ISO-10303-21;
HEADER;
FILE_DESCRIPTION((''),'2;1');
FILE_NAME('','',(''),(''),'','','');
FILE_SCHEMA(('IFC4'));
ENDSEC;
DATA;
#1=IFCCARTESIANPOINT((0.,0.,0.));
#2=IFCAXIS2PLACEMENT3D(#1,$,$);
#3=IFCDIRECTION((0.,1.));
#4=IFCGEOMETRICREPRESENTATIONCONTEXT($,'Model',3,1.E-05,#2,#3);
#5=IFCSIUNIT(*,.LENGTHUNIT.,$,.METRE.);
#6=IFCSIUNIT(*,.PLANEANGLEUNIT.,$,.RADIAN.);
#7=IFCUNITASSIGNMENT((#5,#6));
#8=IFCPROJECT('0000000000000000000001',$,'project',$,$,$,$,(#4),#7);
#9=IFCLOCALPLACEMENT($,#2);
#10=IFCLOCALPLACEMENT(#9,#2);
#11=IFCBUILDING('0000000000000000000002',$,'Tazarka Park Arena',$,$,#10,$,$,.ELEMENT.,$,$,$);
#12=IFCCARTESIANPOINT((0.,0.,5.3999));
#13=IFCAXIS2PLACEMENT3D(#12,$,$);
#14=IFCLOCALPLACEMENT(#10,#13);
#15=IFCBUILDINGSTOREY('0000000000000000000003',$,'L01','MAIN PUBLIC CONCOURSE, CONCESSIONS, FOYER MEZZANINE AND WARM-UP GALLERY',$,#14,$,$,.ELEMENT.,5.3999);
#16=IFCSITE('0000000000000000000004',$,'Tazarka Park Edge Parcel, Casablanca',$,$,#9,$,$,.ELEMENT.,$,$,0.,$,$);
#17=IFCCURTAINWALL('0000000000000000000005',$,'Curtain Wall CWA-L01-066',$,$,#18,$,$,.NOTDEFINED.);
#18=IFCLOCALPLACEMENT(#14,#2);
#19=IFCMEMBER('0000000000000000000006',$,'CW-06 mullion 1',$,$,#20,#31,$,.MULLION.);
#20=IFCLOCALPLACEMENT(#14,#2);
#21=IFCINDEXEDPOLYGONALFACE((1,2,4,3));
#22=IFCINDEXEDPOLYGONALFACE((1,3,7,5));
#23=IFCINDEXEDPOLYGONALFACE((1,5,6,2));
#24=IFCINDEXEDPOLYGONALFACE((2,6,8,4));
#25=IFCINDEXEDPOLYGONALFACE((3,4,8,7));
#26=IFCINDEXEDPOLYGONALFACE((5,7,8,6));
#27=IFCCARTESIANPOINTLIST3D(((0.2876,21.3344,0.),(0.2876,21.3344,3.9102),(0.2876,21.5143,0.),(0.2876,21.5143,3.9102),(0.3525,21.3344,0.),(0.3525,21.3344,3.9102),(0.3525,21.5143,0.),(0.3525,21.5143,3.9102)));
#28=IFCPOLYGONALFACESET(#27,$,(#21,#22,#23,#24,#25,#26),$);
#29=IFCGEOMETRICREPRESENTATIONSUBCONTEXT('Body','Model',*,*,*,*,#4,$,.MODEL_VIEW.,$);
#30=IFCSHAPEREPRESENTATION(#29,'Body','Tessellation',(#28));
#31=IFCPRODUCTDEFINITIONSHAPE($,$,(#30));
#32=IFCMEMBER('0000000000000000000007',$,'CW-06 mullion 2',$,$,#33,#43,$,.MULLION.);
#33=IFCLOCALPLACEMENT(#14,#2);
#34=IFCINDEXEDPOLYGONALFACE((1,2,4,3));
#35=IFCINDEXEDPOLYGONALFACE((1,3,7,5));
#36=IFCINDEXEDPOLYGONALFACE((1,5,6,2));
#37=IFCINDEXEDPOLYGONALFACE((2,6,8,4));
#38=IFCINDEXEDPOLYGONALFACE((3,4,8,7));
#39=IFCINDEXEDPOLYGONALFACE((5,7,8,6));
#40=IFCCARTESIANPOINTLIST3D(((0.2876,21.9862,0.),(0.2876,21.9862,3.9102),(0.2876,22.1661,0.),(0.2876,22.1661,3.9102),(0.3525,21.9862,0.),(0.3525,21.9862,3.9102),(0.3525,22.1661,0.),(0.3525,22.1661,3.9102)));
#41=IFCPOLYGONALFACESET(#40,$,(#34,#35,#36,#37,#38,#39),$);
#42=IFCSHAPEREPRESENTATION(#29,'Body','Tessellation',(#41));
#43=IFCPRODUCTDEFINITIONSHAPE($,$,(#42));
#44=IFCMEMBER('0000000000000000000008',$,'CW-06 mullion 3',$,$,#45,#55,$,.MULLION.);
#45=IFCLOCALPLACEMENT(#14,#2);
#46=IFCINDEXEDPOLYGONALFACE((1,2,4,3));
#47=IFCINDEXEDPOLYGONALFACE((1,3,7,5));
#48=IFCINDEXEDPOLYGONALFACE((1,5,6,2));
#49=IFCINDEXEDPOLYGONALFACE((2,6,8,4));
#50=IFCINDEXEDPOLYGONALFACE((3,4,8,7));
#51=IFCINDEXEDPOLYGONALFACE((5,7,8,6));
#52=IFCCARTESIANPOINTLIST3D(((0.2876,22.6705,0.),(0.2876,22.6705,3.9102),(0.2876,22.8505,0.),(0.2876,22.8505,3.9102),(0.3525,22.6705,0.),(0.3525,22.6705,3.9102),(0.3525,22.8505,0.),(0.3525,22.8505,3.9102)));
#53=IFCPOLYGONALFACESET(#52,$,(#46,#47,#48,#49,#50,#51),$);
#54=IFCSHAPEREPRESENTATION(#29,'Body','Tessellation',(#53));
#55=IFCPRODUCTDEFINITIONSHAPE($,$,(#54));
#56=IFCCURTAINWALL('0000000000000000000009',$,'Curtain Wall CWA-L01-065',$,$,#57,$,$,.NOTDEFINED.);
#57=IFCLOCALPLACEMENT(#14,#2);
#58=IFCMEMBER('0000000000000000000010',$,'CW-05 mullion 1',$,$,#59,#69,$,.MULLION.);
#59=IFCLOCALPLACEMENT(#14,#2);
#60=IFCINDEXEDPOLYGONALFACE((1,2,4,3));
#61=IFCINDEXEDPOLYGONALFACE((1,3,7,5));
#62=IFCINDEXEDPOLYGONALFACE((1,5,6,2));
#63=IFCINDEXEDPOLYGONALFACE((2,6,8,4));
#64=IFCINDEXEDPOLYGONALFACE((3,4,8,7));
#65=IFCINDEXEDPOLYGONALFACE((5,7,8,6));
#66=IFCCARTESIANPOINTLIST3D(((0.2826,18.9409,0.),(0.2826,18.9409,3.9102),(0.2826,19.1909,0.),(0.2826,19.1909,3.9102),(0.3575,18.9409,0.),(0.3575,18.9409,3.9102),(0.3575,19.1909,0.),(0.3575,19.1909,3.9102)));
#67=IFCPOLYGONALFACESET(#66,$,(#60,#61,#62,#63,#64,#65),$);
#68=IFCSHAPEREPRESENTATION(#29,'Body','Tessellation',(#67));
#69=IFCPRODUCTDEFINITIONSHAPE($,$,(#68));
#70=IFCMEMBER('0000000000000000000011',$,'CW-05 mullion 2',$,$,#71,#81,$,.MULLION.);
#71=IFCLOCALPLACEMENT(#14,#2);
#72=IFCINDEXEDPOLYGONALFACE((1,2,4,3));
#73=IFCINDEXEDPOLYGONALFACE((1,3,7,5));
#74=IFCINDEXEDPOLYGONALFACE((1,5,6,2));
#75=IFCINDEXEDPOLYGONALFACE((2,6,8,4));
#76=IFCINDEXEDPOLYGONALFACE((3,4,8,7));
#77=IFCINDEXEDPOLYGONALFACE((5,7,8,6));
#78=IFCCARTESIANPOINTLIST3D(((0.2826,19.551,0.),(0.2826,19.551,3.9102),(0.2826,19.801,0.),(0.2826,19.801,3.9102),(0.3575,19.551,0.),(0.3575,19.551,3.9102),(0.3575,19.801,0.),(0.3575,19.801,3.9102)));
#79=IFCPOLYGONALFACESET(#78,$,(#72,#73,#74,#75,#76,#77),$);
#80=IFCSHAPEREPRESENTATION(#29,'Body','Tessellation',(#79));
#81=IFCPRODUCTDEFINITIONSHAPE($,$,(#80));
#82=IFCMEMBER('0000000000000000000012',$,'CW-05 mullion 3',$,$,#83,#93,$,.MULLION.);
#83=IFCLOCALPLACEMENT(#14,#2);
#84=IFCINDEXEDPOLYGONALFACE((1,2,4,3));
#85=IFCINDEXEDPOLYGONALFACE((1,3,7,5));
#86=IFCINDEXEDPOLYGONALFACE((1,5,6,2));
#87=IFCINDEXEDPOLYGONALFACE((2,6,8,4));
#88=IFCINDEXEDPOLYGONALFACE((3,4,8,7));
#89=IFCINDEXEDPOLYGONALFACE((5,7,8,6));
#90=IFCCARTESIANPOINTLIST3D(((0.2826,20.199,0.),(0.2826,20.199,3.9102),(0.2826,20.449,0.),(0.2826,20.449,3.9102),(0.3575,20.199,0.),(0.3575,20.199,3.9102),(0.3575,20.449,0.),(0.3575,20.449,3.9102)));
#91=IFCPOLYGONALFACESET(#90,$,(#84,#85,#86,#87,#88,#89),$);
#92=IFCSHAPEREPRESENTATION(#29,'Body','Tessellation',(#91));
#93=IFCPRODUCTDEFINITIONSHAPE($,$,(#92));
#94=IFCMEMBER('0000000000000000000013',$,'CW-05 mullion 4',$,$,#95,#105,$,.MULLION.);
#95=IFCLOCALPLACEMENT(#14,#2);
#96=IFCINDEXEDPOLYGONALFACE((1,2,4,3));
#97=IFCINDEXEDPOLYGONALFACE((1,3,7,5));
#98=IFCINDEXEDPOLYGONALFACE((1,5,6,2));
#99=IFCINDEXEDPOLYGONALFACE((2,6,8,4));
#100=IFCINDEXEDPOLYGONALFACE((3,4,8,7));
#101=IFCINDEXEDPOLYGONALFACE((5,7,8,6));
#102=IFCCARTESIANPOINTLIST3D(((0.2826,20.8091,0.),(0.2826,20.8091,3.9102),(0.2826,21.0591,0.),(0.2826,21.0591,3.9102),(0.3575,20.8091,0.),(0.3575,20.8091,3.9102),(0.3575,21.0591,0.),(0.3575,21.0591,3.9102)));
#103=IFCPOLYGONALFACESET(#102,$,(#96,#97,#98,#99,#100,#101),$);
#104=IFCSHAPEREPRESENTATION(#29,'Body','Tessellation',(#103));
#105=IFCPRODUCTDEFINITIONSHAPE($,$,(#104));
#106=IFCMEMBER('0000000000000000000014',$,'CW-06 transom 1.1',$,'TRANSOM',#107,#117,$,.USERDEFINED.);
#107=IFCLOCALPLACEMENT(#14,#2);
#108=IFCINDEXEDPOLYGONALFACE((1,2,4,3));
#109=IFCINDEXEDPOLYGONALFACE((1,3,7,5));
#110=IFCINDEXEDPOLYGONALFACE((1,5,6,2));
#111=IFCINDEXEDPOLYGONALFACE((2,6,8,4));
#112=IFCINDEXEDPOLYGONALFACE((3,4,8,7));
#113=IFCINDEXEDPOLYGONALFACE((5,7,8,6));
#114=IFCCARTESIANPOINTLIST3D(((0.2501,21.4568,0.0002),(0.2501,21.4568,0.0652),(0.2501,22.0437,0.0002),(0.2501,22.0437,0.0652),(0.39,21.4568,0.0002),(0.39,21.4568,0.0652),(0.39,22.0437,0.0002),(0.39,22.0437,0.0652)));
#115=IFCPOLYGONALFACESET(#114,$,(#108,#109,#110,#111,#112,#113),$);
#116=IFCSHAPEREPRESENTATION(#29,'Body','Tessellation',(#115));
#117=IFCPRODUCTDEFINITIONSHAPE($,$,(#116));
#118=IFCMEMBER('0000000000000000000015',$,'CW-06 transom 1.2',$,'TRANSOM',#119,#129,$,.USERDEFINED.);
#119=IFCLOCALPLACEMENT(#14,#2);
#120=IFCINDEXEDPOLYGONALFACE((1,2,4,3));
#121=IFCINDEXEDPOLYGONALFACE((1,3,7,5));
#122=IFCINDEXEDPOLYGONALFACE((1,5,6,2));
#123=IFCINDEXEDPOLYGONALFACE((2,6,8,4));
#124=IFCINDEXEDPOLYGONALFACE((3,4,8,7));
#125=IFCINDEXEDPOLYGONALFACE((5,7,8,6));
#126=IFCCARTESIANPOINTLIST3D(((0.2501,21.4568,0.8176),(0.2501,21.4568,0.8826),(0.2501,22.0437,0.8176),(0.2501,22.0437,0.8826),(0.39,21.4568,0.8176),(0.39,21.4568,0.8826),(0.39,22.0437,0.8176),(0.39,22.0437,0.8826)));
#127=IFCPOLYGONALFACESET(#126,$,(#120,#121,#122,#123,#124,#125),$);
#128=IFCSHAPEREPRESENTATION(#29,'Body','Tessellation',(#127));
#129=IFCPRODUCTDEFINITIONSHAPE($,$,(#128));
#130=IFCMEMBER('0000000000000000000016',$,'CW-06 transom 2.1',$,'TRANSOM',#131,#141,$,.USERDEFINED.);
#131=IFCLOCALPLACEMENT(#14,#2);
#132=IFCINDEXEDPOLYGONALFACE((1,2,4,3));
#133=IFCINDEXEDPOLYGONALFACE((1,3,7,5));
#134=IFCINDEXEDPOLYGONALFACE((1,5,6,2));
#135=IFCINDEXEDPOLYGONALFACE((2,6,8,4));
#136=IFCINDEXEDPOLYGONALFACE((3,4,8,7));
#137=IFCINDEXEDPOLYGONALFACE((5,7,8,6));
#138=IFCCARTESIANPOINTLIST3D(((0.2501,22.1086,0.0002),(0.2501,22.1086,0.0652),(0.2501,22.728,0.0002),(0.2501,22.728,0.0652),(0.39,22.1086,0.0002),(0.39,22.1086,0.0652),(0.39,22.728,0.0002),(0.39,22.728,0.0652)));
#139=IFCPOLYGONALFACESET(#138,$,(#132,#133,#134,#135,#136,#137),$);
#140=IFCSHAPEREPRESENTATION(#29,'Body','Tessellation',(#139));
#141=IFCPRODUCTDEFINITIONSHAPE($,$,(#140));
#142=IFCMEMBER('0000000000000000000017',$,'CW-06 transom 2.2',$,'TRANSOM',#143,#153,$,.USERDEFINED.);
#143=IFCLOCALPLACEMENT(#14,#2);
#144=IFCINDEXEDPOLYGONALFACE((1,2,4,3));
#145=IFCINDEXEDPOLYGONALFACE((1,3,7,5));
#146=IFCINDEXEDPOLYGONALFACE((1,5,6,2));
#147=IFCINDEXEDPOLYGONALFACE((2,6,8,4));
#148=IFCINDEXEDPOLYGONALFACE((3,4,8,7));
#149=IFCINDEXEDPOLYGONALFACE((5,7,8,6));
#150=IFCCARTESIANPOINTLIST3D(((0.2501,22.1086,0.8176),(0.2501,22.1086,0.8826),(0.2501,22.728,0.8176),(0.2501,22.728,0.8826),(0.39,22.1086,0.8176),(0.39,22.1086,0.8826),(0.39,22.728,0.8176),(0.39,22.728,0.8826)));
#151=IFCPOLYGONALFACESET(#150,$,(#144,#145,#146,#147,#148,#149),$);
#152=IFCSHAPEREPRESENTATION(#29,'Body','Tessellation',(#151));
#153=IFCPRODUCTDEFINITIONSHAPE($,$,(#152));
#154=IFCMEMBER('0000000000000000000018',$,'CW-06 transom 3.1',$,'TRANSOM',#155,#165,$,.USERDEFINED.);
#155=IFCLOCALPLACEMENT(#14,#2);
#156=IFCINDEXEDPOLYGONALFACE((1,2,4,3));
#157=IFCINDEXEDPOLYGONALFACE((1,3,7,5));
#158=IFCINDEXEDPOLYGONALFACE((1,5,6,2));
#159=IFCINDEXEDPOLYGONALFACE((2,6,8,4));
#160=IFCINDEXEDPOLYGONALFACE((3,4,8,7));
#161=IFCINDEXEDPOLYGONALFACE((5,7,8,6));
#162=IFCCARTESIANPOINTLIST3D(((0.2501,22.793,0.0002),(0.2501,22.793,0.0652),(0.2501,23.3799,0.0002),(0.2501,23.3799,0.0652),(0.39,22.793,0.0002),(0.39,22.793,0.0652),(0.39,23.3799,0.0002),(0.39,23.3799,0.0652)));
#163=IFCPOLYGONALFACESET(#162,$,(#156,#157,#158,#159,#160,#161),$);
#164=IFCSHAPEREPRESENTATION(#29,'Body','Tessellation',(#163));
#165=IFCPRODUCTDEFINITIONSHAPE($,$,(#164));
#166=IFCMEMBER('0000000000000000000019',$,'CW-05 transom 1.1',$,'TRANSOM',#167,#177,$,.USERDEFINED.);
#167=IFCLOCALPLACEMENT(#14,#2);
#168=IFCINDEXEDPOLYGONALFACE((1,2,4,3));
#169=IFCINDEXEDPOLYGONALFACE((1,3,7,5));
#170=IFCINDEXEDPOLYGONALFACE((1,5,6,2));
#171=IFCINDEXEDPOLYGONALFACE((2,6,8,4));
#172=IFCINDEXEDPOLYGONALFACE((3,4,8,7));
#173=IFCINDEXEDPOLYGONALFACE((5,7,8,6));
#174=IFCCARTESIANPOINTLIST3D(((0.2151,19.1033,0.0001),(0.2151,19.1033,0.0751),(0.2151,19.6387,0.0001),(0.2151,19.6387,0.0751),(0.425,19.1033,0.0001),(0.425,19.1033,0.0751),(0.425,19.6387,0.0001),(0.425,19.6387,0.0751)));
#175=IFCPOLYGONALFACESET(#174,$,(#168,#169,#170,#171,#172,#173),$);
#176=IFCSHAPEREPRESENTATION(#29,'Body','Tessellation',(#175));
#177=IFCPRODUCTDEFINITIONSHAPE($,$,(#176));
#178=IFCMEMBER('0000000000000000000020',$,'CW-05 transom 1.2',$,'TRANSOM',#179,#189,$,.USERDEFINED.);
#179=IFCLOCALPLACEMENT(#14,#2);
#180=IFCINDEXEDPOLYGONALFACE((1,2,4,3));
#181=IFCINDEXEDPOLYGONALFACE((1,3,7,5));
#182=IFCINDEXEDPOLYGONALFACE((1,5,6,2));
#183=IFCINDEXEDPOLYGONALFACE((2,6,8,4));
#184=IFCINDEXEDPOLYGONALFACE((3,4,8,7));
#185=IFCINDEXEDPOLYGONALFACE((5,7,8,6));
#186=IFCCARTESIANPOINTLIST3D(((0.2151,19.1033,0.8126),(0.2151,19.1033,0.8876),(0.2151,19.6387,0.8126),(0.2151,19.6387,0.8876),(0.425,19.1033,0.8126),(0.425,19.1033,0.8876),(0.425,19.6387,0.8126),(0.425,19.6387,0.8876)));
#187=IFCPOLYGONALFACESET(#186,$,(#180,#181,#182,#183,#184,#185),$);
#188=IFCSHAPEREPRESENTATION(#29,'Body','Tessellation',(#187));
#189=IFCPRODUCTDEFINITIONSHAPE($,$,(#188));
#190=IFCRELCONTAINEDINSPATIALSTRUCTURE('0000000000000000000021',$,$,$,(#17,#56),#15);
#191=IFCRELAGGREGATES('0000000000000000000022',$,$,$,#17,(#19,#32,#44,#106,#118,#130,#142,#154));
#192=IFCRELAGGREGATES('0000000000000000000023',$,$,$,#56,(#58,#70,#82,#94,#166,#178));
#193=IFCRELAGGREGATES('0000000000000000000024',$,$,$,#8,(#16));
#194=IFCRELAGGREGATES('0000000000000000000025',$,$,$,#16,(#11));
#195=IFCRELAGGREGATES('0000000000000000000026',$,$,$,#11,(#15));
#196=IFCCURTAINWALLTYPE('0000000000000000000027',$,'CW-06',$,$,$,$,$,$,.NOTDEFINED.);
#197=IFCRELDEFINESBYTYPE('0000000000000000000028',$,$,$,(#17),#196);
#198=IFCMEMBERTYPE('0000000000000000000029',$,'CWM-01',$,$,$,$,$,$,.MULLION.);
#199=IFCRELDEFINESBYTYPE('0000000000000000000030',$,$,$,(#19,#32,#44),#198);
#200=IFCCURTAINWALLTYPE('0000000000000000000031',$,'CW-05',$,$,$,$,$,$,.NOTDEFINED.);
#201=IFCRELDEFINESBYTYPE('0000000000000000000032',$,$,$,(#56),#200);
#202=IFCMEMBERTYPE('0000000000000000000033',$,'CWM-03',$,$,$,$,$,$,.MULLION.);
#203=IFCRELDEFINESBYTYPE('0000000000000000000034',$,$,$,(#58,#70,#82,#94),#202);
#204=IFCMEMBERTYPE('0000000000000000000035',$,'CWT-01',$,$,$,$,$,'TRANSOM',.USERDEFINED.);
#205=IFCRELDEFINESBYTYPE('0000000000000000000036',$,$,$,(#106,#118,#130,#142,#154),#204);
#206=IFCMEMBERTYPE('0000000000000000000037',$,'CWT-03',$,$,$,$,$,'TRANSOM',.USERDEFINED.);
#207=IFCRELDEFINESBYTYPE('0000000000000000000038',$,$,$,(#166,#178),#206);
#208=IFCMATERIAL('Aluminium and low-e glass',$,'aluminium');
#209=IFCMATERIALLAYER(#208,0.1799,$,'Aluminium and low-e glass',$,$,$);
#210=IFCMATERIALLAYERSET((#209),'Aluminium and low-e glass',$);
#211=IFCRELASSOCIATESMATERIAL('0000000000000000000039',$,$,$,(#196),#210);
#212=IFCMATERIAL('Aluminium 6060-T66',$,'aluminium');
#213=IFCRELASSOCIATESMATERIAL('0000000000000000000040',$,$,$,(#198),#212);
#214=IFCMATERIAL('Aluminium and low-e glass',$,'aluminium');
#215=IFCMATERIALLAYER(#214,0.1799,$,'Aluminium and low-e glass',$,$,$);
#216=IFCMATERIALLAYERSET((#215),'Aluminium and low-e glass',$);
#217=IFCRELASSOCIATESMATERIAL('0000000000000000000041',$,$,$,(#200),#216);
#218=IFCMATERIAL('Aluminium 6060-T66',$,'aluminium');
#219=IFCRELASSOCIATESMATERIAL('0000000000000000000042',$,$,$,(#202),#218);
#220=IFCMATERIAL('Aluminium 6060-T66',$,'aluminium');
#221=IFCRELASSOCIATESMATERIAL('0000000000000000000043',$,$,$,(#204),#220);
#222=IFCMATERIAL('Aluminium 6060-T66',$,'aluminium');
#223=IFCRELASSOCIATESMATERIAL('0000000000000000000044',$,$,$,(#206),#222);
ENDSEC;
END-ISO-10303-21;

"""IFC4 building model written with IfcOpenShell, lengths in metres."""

from ifc_helpers import new_model, si_unit, direction, frame, origin, origin_2d, place, context, subcontext, project, spatial, rectangle, extrude, material, layer, layer_set, material_profile, profile_set, type_object, element, aggregate, save


model = new_model("IFC4")

# Units and contexts
model_context = context("Model", 3, precision=1e-05, world=origin(), true_north=direction((0.0, 1.0)))
body_context = subcontext(model_context, "Body", "Model", "MODEL_VIEW")
ifc_project = project(units=[si_unit("LENGTHUNIT", "METRE"), si_unit("PLANEANGLEUNIT", "RADIAN")], contexts=[model_context])

# Site, building, storey
site_placement = place(None, origin())
site = spatial("IfcSite", under=ifc_project, at=site_placement, Name="Tazarka Park Edge Parcel, Casablanca", CompositionType="ELEMENT", RefElevation=0.0)
building_placement = place(site_placement, origin())
building = spatial("IfcBuilding", under=site, at=building_placement, Name="Tazarka Park Arena", CompositionType="ELEMENT")
storey_placement = place(building_placement, frame((0.0, 0.0, 5.3999)))
storey = spatial("IfcBuildingStorey", under=building, at=storey_placement, Name="L01", Description="MAIN PUBLIC CONCOURSE, CONCESSIONS, FOYER MEZZANINE AND WARM-UP GALLERY", CompositionType="ELEMENT", Elevation=5.3999)

# Curtain walls, members
ifc_material_1 = material(Name="Aluminium and low-e glass", Category="aluminium")
ifc_layer_1 = layer(ifc_material_1, 0.1799, Name="Aluminium and low-e glass")
ifc_layer_set_1 = layer_set([ifc_layer_1], Name="Aluminium and low-e glass")
curtain_wall_type_1 = type_object("IfcCurtainWallType", Name="CW-06", PredefinedType="NOTDEFINED", material=ifc_layer_set_1)
curtain_wall_1_placement = place(storey_placement, origin())
curtain_wall_1 = element("IfcCurtainWall", 1, at=curtain_wall_1_placement, inside=storey, type_object=curtain_wall_type_1, Name="Curtain Wall CWA-L01-066", PredefinedType="NOTDEFINED")
ifc_material_2 = material(Name="Aluminium 6060-T66", Category="aluminium")
ifc_material_profile_1 = material_profile(ifc_material_2, rectangle(XDim=0.0649, YDim=0.1799, at=origin_2d()), Name="Aluminium 6060-T66")
ifc_profile_set_1 = profile_set([ifc_material_profile_1], Name="Aluminium 6060-T66")
member_type_1 = type_object("IfcMemberType", Name="CWM-01", PredefinedType="MULLION", material=ifc_profile_set_1)
member_1_placement = place(storey_placement, frame((0.3201, 21.4243, 0.0), z_axis=(0.0, 0.0, 1.0), x_axis=(-1.0, 0.0, 0.0)))
member_1 = element("IfcMember", 2, at=member_1_placement, type_object=member_type_1, Name="CW-06 mullion 1", PredefinedType="MULLION", context=body_context, shape_type="SweptSolid", body=[
    extrude(rectangle(XDim=0.0649, YDim=0.1799, at=origin_2d()), origin(), (0.0, 0.0, 1.0), 3.9102),
])
member_2_placement = place(storey_placement, frame((0.3201, 22.0762, 0.0), z_axis=(0.0, 0.0, 1.0), x_axis=(-1.0, 0.0, 0.0)))
member_2 = element("IfcMember", 3, at=member_2_placement, type_object=member_type_1, Name="CW-06 mullion 2", PredefinedType="MULLION", context=body_context, shape_type="SweptSolid", body=[
    extrude(rectangle(XDim=0.0649, YDim=0.1799, at=origin_2d()), origin(), (0.0, 0.0, 1.0), 3.9102),
])
member_3_placement = place(storey_placement, frame((0.3201, 22.7605, 0.0), z_axis=(0.0, 0.0, 1.0), x_axis=(-1.0, 0.0, 0.0)))
member_3 = element("IfcMember", 4, at=member_3_placement, type_object=member_type_1, Name="CW-06 mullion 3", PredefinedType="MULLION", context=body_context, shape_type="SweptSolid", body=[
    extrude(rectangle(XDim=0.0649, YDim=0.1799, at=origin_2d()), origin(), (0.0, 0.0, 1.0), 3.9102),
])
ifc_material_3 = material(Name="Aluminium and low-e glass", Category="aluminium")
ifc_layer_2 = layer(ifc_material_3, 0.1799, Name="Aluminium and low-e glass")
ifc_layer_set_2 = layer_set([ifc_layer_2], Name="Aluminium and low-e glass")
curtain_wall_type_2 = type_object("IfcCurtainWallType", Name="CW-05", PredefinedType="NOTDEFINED", material=ifc_layer_set_2)
curtain_wall_2_placement = place(storey_placement, origin())
curtain_wall_2 = element("IfcCurtainWall", 5, at=curtain_wall_2_placement, inside=storey, type_object=curtain_wall_type_2, Name="Curtain Wall CWA-L01-065", PredefinedType="NOTDEFINED")
ifc_material_4 = material(Name="Aluminium 6060-T66", Category="aluminium")
ifc_material_profile_2 = material_profile(ifc_material_4, rectangle(XDim=0.075, YDim=0.25, at=origin_2d()), Name="Aluminium 6060-T66")
ifc_profile_set_2 = profile_set([ifc_material_profile_2], Name="Aluminium 6060-T66")
member_type_2 = type_object("IfcMemberType", Name="CWM-03", PredefinedType="MULLION", material=ifc_profile_set_2)
member_4_placement = place(storey_placement, frame((0.3201, 19.0659, 0.0), z_axis=(0.0, 0.0, 1.0), x_axis=(-1.0, 0.0, 0.0)))
member_4 = element("IfcMember", 6, at=member_4_placement, type_object=member_type_2, Name="CW-05 mullion 1", PredefinedType="MULLION", context=body_context, shape_type="SweptSolid", body=[
    extrude(rectangle(XDim=0.075, YDim=0.25, at=origin_2d()), origin(), (0.0, 0.0, 1.0), 3.9102),
])
member_5_placement = place(storey_placement, frame((0.3201, 19.676, 0.0), z_axis=(0.0, 0.0, 1.0), x_axis=(-1.0, 0.0, 0.0)))
member_5 = element("IfcMember", 7, at=member_5_placement, type_object=member_type_2, Name="CW-05 mullion 2", PredefinedType="MULLION", context=body_context, shape_type="SweptSolid", body=[
    extrude(rectangle(XDim=0.075, YDim=0.25, at=origin_2d()), origin(), (0.0, 0.0, 1.0), 3.9102),
])
member_6_placement = place(storey_placement, frame((0.3201, 20.324, 0.0), z_axis=(0.0, 0.0, 1.0), x_axis=(-1.0, 0.0, 0.0)))
member_6 = element("IfcMember", 8, at=member_6_placement, type_object=member_type_2, Name="CW-05 mullion 3", PredefinedType="MULLION", context=body_context, shape_type="SweptSolid", body=[
    extrude(rectangle(XDim=0.075, YDim=0.25, at=origin_2d()), origin(), (0.0, 0.0, 1.0), 3.9102),
])
member_7_placement = place(storey_placement, frame((0.3201, 20.9341, 0.0), z_axis=(0.0, 0.0, 1.0), x_axis=(-1.0, 0.0, 0.0)))
member_7 = element("IfcMember", 9, at=member_7_placement, type_object=member_type_2, Name="CW-05 mullion 4", PredefinedType="MULLION", context=body_context, shape_type="SweptSolid", body=[
    extrude(rectangle(XDim=0.075, YDim=0.25, at=origin_2d()), origin(), (0.0, 0.0, 1.0), 3.9102),
])

# Members
ifc_material_5 = material(Name="Aluminium 6060-T66", Category="aluminium")
ifc_material_profile_3 = material_profile(ifc_material_5, rectangle(XDim=0.1399, YDim=0.0649, at=origin_2d()), Name="Aluminium 6060-T66")
ifc_profile_set_3 = profile_set([ifc_material_profile_3], Name="Aluminium 6060-T66")
member_type_3 = type_object("IfcMemberType", Name="CWT-01", ElementType="TRANSOM", PredefinedType="USERDEFINED", material=ifc_profile_set_3)
member_8_placement = place(storey_placement, frame((0.3201, 21.4568, 0.0327), z_axis=(0.0, 1.0, 0.0), x_axis=(-1.0, 0.0, 0.0)))
member_8 = element("IfcMember", 10, at=member_8_placement, type_object=member_type_3, Name="CW-06 transom 1.1", ObjectType="TRANSOM", PredefinedType="USERDEFINED", context=body_context, shape_type="SweptSolid", body=[
    extrude(rectangle(XDim=0.1399, YDim=0.0649, at=origin_2d()), origin(), (0.0, 0.0, 1.0), 0.5869),
])
member_9_placement = place(storey_placement, frame((0.3201, 21.4568, 0.8501), z_axis=(0.0, 1.0, 0.0), x_axis=(-1.0, 0.0, 0.0)))
member_9 = element("IfcMember", 11, at=member_9_placement, type_object=member_type_3, Name="CW-06 transom 1.2", ObjectType="TRANSOM", PredefinedType="USERDEFINED", context=body_context, shape_type="SweptSolid", body=[
    extrude(rectangle(XDim=0.1399, YDim=0.0649, at=origin_2d()), origin(), (0.0, 0.0, 1.0), 0.5869),
])
member_10_placement = place(storey_placement, frame((0.3201, 22.1086, 0.0327), z_axis=(0.0, 1.0, 0.0), x_axis=(-1.0, 0.0, 0.0)))
member_10 = element("IfcMember", 12, at=member_10_placement, type_object=member_type_3, Name="CW-06 transom 2.1", ObjectType="TRANSOM", PredefinedType="USERDEFINED", context=body_context, shape_type="SweptSolid", body=[
    extrude(rectangle(XDim=0.1399, YDim=0.0649, at=origin_2d()), origin(), (0.0, 0.0, 1.0), 0.6194),
])
member_11_placement = place(storey_placement, frame((0.3201, 22.1086, 0.8501), z_axis=(0.0, 1.0, 0.0), x_axis=(-1.0, 0.0, 0.0)))
member_11 = element("IfcMember", 13, at=member_11_placement, type_object=member_type_3, Name="CW-06 transom 2.2", ObjectType="TRANSOM", PredefinedType="USERDEFINED", context=body_context, shape_type="SweptSolid", body=[
    extrude(rectangle(XDim=0.1399, YDim=0.0649, at=origin_2d()), origin(), (0.0, 0.0, 1.0), 0.6194),
])
member_12_placement = place(storey_placement, frame((0.3201, 22.793, 0.0327), z_axis=(0.0, 1.0, 0.0), x_axis=(-1.0, 0.0, 0.0)))
member_12 = element("IfcMember", 14, at=member_12_placement, type_object=member_type_3, Name="CW-06 transom 3.1", ObjectType="TRANSOM", PredefinedType="USERDEFINED", context=body_context, shape_type="SweptSolid", body=[
    extrude(rectangle(XDim=0.1399, YDim=0.0649, at=origin_2d()), origin(), (0.0, 0.0, 1.0), 0.5869),
])
ifc_material_6 = material(Name="Aluminium 6060-T66", Category="aluminium")
ifc_material_profile_4 = material_profile(ifc_material_6, rectangle(XDim=0.21, YDim=0.075, at=origin_2d()), Name="Aluminium 6060-T66")
ifc_profile_set_4 = profile_set([ifc_material_profile_4], Name="Aluminium 6060-T66")
member_type_4 = type_object("IfcMemberType", Name="CWT-03", ElementType="TRANSOM", PredefinedType="USERDEFINED", material=ifc_profile_set_4)
member_13_placement = place(storey_placement, frame((0.3201, 19.1033, 0.0376), z_axis=(0.0, 1.0, 0.0), x_axis=(-1.0, 0.0, 0.0)))
member_13 = element("IfcMember", 15, at=member_13_placement, type_object=member_type_4, Name="CW-05 transom 1.1", ObjectType="TRANSOM", PredefinedType="USERDEFINED", context=body_context, shape_type="SweptSolid", body=[
    extrude(rectangle(XDim=0.21, YDim=0.075, at=origin_2d()), origin(), (0.0, 0.0, 1.0), 0.5354),
])
member_14_placement = place(storey_placement, frame((0.3201, 19.1033, 0.8501), z_axis=(0.0, 1.0, 0.0), x_axis=(-1.0, 0.0, 0.0)))
member_14 = element("IfcMember", 16, at=member_14_placement, type_object=member_type_4, Name="CW-05 transom 1.2", ObjectType="TRANSOM", PredefinedType="USERDEFINED", context=body_context, shape_type="SweptSolid", body=[
    extrude(rectangle(XDim=0.21, YDim=0.075, at=origin_2d()), origin(), (0.0, 0.0, 1.0), 0.5354),
])

aggregate(curtain_wall_1, [member_1, member_2, member_3, member_8, member_9, member_10, member_11, member_12])
aggregate(curtain_wall_2, [member_4, member_5, member_6, member_7, member_13, member_14])

save(model, "model.ifc")
